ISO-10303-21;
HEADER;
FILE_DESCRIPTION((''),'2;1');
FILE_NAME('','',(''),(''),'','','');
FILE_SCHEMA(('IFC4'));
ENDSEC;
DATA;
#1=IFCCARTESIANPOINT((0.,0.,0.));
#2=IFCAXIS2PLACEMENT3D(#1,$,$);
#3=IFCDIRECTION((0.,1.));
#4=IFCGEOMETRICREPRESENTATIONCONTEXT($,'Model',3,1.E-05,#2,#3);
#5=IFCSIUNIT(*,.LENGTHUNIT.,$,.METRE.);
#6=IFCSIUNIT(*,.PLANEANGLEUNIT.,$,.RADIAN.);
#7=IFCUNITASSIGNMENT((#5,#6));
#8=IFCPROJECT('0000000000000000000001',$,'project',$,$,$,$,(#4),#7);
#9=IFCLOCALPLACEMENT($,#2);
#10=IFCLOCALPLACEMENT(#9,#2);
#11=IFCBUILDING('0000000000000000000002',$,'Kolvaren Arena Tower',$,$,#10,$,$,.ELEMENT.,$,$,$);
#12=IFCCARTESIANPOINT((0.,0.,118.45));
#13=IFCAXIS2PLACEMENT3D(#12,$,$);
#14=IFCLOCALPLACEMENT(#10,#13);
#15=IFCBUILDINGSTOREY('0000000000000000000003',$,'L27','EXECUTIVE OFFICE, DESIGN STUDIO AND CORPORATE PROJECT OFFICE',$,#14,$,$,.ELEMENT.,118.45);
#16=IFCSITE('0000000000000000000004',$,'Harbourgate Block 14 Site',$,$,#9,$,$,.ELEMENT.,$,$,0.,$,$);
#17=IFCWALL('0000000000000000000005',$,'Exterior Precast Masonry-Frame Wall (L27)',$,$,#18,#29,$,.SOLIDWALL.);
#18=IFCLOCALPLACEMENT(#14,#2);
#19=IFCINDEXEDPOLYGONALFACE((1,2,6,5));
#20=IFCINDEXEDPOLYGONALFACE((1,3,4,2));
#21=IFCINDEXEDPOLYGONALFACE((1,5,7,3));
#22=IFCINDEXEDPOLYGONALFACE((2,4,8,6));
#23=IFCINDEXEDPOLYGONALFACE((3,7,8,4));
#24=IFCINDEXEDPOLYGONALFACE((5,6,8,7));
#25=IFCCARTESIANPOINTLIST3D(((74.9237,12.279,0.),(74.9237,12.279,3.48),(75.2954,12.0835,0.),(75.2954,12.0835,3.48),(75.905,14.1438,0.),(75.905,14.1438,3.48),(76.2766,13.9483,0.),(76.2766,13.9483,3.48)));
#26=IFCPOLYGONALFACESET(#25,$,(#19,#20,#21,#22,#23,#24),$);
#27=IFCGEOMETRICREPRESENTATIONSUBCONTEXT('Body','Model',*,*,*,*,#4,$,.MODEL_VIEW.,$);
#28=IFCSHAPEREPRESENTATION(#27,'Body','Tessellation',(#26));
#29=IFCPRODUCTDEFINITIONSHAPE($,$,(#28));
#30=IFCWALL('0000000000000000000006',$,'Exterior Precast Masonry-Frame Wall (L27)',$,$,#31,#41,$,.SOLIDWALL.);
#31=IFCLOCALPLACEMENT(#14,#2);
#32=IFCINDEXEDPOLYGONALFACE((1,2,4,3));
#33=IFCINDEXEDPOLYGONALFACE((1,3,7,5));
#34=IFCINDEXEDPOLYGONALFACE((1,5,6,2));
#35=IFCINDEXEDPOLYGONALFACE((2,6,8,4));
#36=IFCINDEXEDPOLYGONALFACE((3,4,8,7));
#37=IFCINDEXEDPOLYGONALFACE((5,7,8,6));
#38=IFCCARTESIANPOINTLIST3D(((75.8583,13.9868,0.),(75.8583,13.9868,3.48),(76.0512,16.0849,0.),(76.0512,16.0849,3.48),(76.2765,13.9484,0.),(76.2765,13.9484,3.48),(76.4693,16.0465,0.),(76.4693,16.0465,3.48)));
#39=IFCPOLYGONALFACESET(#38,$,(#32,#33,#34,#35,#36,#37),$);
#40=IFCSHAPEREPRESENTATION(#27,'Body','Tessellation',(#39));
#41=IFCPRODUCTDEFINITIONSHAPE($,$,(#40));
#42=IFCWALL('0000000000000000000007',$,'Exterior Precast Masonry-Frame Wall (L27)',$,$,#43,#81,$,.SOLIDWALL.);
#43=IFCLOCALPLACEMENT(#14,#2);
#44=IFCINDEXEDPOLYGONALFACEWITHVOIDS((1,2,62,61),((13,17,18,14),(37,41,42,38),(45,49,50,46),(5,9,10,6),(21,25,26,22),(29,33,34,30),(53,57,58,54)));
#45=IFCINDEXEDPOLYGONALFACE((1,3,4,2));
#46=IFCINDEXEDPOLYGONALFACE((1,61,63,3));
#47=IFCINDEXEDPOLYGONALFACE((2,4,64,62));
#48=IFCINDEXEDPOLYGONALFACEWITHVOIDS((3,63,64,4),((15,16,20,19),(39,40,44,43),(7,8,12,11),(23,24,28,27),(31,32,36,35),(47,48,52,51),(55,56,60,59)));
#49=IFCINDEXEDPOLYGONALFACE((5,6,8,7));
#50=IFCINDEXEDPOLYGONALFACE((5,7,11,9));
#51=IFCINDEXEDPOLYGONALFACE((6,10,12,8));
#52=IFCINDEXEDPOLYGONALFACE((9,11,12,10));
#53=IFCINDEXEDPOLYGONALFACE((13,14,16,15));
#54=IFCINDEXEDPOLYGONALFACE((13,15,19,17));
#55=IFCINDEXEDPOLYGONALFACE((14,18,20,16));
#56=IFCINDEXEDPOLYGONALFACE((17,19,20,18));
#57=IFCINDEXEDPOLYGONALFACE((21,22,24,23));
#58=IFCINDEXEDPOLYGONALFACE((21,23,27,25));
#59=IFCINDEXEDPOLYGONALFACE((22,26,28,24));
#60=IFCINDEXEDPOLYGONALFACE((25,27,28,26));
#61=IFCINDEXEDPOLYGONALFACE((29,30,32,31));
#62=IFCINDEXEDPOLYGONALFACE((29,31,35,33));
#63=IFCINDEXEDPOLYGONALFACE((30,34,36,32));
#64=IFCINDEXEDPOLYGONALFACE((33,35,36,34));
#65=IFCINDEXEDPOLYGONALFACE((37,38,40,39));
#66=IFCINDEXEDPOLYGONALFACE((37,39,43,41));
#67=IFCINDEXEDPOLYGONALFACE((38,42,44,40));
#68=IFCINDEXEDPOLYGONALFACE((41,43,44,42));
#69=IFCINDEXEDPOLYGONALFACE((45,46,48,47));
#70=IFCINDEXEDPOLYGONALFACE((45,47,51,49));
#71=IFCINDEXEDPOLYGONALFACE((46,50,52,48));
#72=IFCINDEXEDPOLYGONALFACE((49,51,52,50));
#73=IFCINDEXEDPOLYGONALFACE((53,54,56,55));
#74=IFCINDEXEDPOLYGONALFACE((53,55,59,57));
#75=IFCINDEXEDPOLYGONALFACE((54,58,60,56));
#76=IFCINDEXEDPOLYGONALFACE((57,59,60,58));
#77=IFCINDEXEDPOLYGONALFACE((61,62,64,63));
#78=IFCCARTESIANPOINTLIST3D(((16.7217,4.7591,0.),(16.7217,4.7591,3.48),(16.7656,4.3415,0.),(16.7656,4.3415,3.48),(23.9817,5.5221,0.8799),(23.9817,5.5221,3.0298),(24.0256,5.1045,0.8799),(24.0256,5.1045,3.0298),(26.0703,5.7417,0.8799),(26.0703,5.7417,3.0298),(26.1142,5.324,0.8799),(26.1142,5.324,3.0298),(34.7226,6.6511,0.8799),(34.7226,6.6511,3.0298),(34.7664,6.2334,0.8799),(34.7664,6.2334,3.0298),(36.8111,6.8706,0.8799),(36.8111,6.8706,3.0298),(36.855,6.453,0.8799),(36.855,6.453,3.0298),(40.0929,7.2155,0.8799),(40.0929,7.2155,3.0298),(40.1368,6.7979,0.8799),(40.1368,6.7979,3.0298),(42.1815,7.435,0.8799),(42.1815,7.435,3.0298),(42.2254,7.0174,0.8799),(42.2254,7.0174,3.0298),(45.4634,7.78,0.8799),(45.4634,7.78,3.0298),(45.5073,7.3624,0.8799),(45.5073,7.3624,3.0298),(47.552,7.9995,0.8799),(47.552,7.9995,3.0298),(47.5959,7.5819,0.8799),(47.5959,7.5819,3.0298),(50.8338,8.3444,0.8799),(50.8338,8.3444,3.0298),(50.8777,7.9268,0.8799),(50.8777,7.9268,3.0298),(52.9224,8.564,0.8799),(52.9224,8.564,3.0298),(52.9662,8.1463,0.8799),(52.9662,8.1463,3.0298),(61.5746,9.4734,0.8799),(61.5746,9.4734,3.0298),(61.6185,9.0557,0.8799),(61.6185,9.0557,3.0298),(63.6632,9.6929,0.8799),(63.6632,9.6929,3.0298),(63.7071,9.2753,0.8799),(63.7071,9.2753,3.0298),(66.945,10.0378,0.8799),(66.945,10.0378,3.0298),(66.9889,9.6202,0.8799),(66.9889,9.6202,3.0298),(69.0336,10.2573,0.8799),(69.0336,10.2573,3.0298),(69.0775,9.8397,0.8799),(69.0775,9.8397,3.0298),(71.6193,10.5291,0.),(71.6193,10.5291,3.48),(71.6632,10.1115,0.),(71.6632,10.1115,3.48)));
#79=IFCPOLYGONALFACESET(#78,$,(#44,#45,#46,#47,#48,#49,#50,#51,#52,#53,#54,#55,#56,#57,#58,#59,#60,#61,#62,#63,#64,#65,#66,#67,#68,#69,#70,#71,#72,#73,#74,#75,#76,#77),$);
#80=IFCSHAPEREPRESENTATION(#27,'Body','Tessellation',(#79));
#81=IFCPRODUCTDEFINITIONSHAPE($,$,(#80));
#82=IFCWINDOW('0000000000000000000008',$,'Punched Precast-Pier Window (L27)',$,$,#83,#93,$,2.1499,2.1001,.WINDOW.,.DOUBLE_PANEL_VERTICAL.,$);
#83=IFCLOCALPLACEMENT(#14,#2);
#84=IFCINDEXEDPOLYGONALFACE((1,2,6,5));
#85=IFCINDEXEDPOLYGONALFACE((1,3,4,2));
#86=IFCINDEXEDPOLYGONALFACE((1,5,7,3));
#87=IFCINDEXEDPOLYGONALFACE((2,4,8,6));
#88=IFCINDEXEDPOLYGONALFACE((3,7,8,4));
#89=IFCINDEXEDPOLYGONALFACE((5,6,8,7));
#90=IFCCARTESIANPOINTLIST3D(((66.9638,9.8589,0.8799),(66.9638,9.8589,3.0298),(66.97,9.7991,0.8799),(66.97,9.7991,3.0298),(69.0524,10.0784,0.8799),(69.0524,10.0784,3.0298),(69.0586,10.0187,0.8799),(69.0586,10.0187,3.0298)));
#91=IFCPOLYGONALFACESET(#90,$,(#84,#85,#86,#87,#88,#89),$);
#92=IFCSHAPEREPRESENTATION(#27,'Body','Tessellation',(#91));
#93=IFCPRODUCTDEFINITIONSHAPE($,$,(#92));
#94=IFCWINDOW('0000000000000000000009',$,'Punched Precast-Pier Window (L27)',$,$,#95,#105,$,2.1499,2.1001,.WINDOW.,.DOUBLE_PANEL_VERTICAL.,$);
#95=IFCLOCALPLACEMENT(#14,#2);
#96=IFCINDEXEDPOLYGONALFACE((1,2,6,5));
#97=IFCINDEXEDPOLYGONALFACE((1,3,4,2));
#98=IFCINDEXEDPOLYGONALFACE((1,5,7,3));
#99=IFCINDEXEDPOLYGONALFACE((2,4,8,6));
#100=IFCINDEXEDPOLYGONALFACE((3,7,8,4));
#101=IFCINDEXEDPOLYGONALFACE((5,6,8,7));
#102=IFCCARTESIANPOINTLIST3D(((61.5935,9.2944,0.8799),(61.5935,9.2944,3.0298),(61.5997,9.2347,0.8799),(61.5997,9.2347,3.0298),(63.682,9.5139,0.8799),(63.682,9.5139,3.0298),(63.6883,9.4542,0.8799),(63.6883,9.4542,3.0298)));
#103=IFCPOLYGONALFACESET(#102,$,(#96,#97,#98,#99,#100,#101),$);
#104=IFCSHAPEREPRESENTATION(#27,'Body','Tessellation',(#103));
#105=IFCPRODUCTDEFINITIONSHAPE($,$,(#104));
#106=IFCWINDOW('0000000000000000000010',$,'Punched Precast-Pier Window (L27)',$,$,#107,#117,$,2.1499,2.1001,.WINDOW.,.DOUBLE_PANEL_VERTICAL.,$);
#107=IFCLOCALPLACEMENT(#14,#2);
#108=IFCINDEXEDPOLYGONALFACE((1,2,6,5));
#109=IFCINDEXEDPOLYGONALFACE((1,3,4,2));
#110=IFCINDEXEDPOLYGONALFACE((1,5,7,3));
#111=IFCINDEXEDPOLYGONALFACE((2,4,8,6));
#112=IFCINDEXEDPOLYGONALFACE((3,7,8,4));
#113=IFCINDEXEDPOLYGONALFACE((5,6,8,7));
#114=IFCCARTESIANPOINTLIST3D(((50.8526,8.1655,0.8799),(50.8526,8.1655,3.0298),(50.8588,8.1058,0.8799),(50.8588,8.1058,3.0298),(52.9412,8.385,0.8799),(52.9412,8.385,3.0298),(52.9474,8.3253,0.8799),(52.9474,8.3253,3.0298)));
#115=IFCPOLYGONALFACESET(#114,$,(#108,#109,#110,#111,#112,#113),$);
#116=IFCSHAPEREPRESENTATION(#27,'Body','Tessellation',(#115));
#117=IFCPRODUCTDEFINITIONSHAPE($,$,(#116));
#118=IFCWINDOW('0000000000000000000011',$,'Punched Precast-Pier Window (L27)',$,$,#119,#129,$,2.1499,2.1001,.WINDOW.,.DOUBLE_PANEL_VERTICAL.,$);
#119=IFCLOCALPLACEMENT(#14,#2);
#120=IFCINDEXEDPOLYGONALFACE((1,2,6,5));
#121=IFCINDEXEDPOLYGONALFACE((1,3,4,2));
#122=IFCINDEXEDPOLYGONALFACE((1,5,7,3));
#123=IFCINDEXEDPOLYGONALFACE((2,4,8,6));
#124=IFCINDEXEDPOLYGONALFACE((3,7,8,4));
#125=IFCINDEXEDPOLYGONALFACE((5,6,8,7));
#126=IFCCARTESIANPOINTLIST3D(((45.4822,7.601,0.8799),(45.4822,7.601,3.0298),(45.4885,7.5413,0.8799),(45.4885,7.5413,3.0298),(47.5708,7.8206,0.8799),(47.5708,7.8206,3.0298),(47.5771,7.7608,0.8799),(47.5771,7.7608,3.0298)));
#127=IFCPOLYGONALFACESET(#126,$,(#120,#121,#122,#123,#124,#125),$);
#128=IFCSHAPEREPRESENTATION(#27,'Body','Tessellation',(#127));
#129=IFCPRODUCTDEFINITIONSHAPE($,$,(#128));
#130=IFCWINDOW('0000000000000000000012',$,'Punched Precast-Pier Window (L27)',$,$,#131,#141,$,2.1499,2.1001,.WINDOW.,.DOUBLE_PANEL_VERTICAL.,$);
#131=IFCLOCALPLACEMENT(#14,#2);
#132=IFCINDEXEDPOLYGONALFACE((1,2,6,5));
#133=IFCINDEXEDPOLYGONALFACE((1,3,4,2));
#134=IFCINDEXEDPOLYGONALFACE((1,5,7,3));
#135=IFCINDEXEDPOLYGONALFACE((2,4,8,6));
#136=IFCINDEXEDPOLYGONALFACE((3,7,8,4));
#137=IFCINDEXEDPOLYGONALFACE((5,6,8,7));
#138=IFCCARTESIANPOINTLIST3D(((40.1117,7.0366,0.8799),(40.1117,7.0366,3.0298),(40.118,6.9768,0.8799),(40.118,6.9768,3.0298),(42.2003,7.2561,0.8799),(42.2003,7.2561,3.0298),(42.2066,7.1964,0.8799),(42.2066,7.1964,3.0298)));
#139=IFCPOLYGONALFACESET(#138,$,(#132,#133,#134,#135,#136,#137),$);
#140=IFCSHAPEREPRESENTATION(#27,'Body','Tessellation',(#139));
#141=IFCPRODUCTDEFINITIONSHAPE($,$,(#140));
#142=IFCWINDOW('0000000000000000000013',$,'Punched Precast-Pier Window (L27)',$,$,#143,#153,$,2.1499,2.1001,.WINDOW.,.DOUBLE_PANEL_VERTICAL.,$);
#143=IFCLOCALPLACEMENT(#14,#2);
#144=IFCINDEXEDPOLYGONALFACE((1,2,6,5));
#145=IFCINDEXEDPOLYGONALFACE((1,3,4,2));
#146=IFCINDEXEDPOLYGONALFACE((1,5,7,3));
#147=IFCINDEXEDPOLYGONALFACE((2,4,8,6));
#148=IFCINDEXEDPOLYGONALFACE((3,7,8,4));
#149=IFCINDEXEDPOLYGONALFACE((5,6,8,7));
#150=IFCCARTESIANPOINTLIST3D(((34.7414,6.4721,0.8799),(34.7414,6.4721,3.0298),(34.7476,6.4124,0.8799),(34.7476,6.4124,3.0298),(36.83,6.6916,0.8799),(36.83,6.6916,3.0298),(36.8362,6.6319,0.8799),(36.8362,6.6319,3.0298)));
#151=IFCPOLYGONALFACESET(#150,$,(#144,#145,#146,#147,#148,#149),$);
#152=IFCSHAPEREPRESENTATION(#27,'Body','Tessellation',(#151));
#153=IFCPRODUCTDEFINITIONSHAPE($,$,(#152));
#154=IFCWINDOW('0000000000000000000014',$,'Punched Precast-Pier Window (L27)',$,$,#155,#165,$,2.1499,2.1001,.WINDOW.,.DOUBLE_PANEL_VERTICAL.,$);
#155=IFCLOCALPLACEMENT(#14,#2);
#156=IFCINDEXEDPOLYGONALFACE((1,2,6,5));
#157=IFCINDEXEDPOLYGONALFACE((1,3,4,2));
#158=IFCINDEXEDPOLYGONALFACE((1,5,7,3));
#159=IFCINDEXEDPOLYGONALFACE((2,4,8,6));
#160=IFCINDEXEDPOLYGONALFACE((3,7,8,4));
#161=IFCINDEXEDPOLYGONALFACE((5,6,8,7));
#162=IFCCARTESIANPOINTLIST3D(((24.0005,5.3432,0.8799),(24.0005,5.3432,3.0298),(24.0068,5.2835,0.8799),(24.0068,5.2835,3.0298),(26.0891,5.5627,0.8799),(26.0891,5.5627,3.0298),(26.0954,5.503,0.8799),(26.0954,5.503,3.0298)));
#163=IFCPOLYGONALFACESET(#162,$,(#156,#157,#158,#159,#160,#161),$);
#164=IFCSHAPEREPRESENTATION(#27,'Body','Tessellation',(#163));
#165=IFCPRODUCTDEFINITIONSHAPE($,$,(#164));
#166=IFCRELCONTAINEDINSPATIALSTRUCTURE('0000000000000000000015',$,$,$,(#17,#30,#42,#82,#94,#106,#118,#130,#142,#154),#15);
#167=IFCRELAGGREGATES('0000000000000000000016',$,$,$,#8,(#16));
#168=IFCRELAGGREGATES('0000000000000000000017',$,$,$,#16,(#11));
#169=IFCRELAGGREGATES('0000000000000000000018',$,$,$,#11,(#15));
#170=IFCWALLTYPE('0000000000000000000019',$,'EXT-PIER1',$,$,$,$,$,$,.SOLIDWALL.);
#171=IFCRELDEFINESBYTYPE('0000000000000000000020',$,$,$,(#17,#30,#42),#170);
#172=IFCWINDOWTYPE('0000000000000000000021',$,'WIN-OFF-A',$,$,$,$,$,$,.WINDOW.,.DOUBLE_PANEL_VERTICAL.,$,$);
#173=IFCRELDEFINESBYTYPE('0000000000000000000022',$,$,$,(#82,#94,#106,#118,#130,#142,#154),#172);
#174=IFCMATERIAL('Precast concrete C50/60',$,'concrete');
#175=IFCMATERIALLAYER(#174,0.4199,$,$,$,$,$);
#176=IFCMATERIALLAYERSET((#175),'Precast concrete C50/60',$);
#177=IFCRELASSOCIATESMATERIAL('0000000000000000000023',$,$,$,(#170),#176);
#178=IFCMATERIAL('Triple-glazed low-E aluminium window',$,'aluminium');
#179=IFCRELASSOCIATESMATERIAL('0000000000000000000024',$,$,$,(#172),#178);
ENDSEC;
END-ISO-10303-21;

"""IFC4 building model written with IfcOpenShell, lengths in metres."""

from ifc_helpers import new_model, si_unit, direction, frame, frame_2d, origin, place, context, subcontext, project, spatial, rectangle, extrude, material, layer, layer_set, type_object, element, fill, save


model = new_model("IFC4")

# Units and contexts
model_context = context("Model", 3, precision=1e-05, world=origin(), true_north=direction((0.0, 1.0)))
body_context = subcontext(model_context, "Body", "Model", "MODEL_VIEW")
ifc_project = project(units=[si_unit("LENGTHUNIT", "METRE"), si_unit("PLANEANGLEUNIT", "RADIAN")], contexts=[model_context])

# Site, building, storey
site_placement = place(None, origin())
site = spatial("IfcSite", under=ifc_project, at=site_placement, Name="Harbourgate Block 14 Site", CompositionType="ELEMENT", RefElevation=0.0)
building_placement = place(site_placement, origin())
building = spatial("IfcBuilding", under=site, at=building_placement, Name="Kolvaren Arena Tower", CompositionType="ELEMENT")
storey_placement = place(building_placement, frame((0.0, 0.0, 118.45)))
storey = spatial("IfcBuildingStorey", under=building, at=storey_placement, Name="L27", Description="EXECUTIVE OFFICE, DESIGN STUDIO AND CORPORATE PROJECT OFFICE", CompositionType="ELEMENT", Elevation=118.45)

# Walls
ifc_material_1 = material(Name="Precast concrete C50/60", Category="concrete")
ifc_layer_1 = layer(ifc_material_1, 0.4199)
ifc_layer_set_1 = layer_set([ifc_layer_1], Name="Precast concrete C50/60")
wall_type_1 = type_object("IfcWallType", Name="EXT-PIER1", PredefinedType="SOLIDWALL", material=ifc_layer_set_1)
wall_1_placement = place(storey_placement, frame((76.0908, 14.0461, 0.0), z_axis=(0.0, 0.0, 1.0), x_axis=(-0.465656, -0.884966, 0.0)))
element("IfcWall", 1, at=wall_1_placement, inside=storey, type_object=wall_type_1, Name="Exterior Precast Masonry-Frame Wall (L27)", PredefinedType="SOLIDWALL", context=body_context, shape_type="SweptSolid", body=[
    extrude(rectangle(XDim=2.1072, YDim=0.4199, at=frame_2d((1.0537, 0.0))), origin(), (0.0, 0.0, 1.0), 3.48),
])
wall_2_placement = place(storey_placement, frame((76.2603, 16.0657, 0.0), z_axis=(0.0, 0.0, 1.0), x_axis=(-0.091539, -0.995802, 0.0)))
element("IfcWall", 2, at=wall_2_placement, inside=storey, type_object=wall_type_1, Name="Exterior Precast Masonry-Frame Wall (L27)", PredefinedType="SOLIDWALL", context=body_context, shape_type="SweptSolid", body=[
    extrude(rectangle(XDim=2.1069, YDim=0.4199, at=frame_2d((1.0535, 0.0))), origin(), (0.0, 0.0, 1.0), 3.48),
])

# Wall, openings, windows
wall_3_placement = place(storey_placement, frame((71.6414, 10.3203, 0.0), z_axis=(0.0, 0.0, 1.0), x_axis=(-0.994522, -0.10453, 0.0)))
wall_3 = element("IfcWall", 3, at=wall_3_placement, inside=storey, type_object=wall_type_1, Name="Exterior Precast Masonry-Frame Wall (L27)", PredefinedType="SOLIDWALL", context=body_context, shape_type="SweptSolid", body=[
    extrude(rectangle(XDim=55.2, YDim=0.4199, at=frame_2d((27.6001, 0.0))), origin(), (0.0, 0.0, 1.0), 3.48),
])
opening_1_placement = place(wall_3_placement, frame((2.6001, 0.0, 0.8799)))
opening_1 = element("IfcOpeningElement", 4, at=opening_1_placement, cuts=wall_3, PredefinedType="OPENING", context=body_context, shape_type="SweptSolid", body=[
    extrude(rectangle(XDim=2.1001, YDim=2.1499, at=frame_2d((1.05, 1.075))), frame((0.0, 0.22, 0.0), z_axis=(0.0, -1.0, 0.0), x_axis=(1.0, 0.0, 0.0)), (0.0, 0.0, 1.0), 0.4399),
])
opening_2_placement = place(wall_3_placement, frame((8.0, 0.0, 0.8799)))
opening_2 = element("IfcOpeningElement", 5, at=opening_2_placement, cuts=wall_3, PredefinedType="OPENING", context=body_context, shape_type="SweptSolid", body=[
    extrude(rectangle(XDim=2.1001, YDim=2.1499, at=frame_2d((1.05, 1.075))), frame((0.0, 0.22, 0.0), z_axis=(0.0, -1.0, 0.0), x_axis=(1.0, 0.0, 0.0)), (0.0, 0.0, 1.0), 0.4399),
])
opening_3_placement = place(wall_3_placement, frame((18.8, 0.0, 0.8799)))
opening_3 = element("IfcOpeningElement", 6, at=opening_3_placement, cuts=wall_3, PredefinedType="OPENING", context=body_context, shape_type="SweptSolid", body=[
    extrude(rectangle(XDim=2.1001, YDim=2.1499, at=frame_2d((1.05, 1.075))), frame((0.0, 0.22, 0.0), z_axis=(0.0, -1.0, 0.0), x_axis=(1.0, 0.0, 0.0)), (0.0, 0.0, 1.0), 0.4399),
])
opening_4_placement = place(wall_3_placement, frame((24.2, 0.0, 0.8799)))
opening_4 = element("IfcOpeningElement", 7, at=opening_4_placement, cuts=wall_3, PredefinedType="OPENING", context=body_context, shape_type="SweptSolid", body=[
    extrude(rectangle(XDim=2.1001, YDim=2.1499, at=frame_2d((1.05, 1.075))), frame((0.0, 0.22, 0.0), z_axis=(0.0, -1.0, 0.0), x_axis=(1.0, 0.0, 0.0)), (0.0, 0.0, 1.0), 0.4399),
])
opening_5_placement = place(wall_3_placement, frame((29.6001, 0.0, 0.8799)))
opening_5 = element("IfcOpeningElement", 8, at=opening_5_placement, cuts=wall_3, PredefinedType="OPENING", context=body_context, shape_type="SweptSolid", body=[
    extrude(rectangle(XDim=2.1001, YDim=2.1499, at=frame_2d((1.05, 1.075))), frame((0.0, 0.22, 0.0), z_axis=(0.0, -1.0, 0.0), x_axis=(1.0, 0.0, 0.0)), (0.0, 0.0, 1.0), 0.4399),
])
opening_6_placement = place(wall_3_placement, frame((35.0, 0.0, 0.8799)))
opening_6 = element("IfcOpeningElement", 9, at=opening_6_placement, cuts=wall_3, PredefinedType="OPENING", context=body_context, shape_type="SweptSolid", body=[
    extrude(rectangle(XDim=2.1001, YDim=2.1499, at=frame_2d((1.05, 1.075))), frame((0.0, 0.22, 0.0), z_axis=(0.0, -1.0, 0.0), x_axis=(1.0, 0.0, 0.0)), (0.0, 0.0, 1.0), 0.4399),
])
opening_7_placement = place(wall_3_placement, frame((45.8, 0.0, 0.8799)))
opening_7 = element("IfcOpeningElement", 10, at=opening_7_placement, cuts=wall_3, PredefinedType="OPENING", context=body_context, shape_type="SweptSolid", body=[
    extrude(rectangle(XDim=2.1001, YDim=2.1499, at=frame_2d((1.05, 1.075))), frame((0.0, 0.22, 0.0), z_axis=(0.0, -1.0, 0.0), x_axis=(1.0, 0.0, 0.0)), (0.0, 0.0, 1.0), 0.4399),
])
ifc_material_2 = material(Name="Triple-glazed low-E aluminium window", Category="aluminium")
window_type = type_object("IfcWindowType", Name="WIN-OFF-A", PartitioningType="DOUBLE_PANEL_VERTICAL", PredefinedType="WINDOW", material=ifc_material_2)
window_1_placement = place(opening_1_placement, origin())
window_1 = element("IfcWindow", 11, at=window_1_placement, inside=storey, type_object=window_type, Name="Punched Precast-Pier Window (L27)", OverallHeight=2.1499, OverallWidth=2.1001, PartitioningType="DOUBLE_PANEL_VERTICAL", PredefinedType="WINDOW", context=body_context, shape_type="SweptSolid", body=[
    extrude(rectangle(XDim=2.1001, YDim=2.1499, at=frame_2d((1.05, 1.075))), frame((0.0, 0.03, 0.0), z_axis=(0.0, -1.0, 0.0), x_axis=(1.0, 0.0, 0.0)), (0.0, 0.0, 1.0), 0.0601),
])
fill(opening_1, window_1)
window_2_placement = place(opening_2_placement, origin())
window_2 = element("IfcWindow", 12, at=window_2_placement, inside=storey, type_object=window_type, Name="Punched Precast-Pier Window (L27)", OverallHeight=2.1499, OverallWidth=2.1001, PartitioningType="DOUBLE_PANEL_VERTICAL", PredefinedType="WINDOW", context=body_context, shape_type="SweptSolid", body=[
    extrude(rectangle(XDim=2.1001, YDim=2.1499, at=frame_2d((1.05, 1.075))), frame((0.0, 0.03, 0.0), z_axis=(0.0, -1.0, 0.0), x_axis=(1.0, 0.0, 0.0)), (0.0, 0.0, 1.0), 0.0601),
])
fill(opening_2, window_2)
window_3_placement = place(opening_3_placement, origin())
window_3 = element("IfcWindow", 13, at=window_3_placement, inside=storey, type_object=window_type, Name="Punched Precast-Pier Window (L27)", OverallHeight=2.1499, OverallWidth=2.1001, PartitioningType="DOUBLE_PANEL_VERTICAL", PredefinedType="WINDOW", context=body_context, shape_type="SweptSolid", body=[
    extrude(rectangle(XDim=2.1001, YDim=2.1499, at=frame_2d((1.05, 1.075))), frame((0.0, 0.03, 0.0), z_axis=(0.0, -1.0, 0.0), x_axis=(1.0, 0.0, 0.0)), (0.0, 0.0, 1.0), 0.0601),
])
fill(opening_3, window_3)
window_4_placement = place(opening_4_placement, origin())
window_4 = element("IfcWindow", 14, at=window_4_placement, inside=storey, type_object=window_type, Name="Punched Precast-Pier Window (L27)", OverallHeight=2.1499, OverallWidth=2.1001, PartitioningType="DOUBLE_PANEL_VERTICAL", PredefinedType="WINDOW", context=body_context, shape_type="SweptSolid", body=[
    extrude(rectangle(XDim=2.1001, YDim=2.1499, at=frame_2d((1.05, 1.075))), frame((0.0, 0.03, 0.0), z_axis=(0.0, -1.0, 0.0), x_axis=(1.0, 0.0, 0.0)), (0.0, 0.0, 1.0), 0.0601),
])
fill(opening_4, window_4)
window_5_placement = place(opening_5_placement, origin())
window_5 = element("IfcWindow", 15, at=window_5_placement, inside=storey, type_object=window_type, Name="Punched Precast-Pier Window (L27)", OverallHeight=2.1499, OverallWidth=2.1001, PartitioningType="DOUBLE_PANEL_VERTICAL", PredefinedType="WINDOW", context=body_context, shape_type="SweptSolid", body=[
    extrude(rectangle(XDim=2.1001, YDim=2.1499, at=frame_2d((1.05, 1.075))), frame((0.0, 0.03, 0.0), z_axis=(0.0, -1.0, 0.0), x_axis=(1.0, 0.0, 0.0)), (0.0, 0.0, 1.0), 0.0601),
])
fill(opening_5, window_5)
window_6_placement = place(opening_6_placement, origin())
window_6 = element("IfcWindow", 16, at=window_6_placement, inside=storey, type_object=window_type, Name="Punched Precast-Pier Window (L27)", OverallHeight=2.1499, OverallWidth=2.1001, PartitioningType="DOUBLE_PANEL_VERTICAL", PredefinedType="WINDOW", context=body_context, shape_type="SweptSolid", body=[
    extrude(rectangle(XDim=2.1001, YDim=2.1499, at=frame_2d((1.05, 1.075))), frame((0.0, 0.03, 0.0), z_axis=(0.0, -1.0, 0.0), x_axis=(1.0, 0.0, 0.0)), (0.0, 0.0, 1.0), 0.0601),
])
fill(opening_6, window_6)
window_7_placement = place(opening_7_placement, origin())
window_7 = element("IfcWindow", 17, at=window_7_placement, inside=storey, type_object=window_type, Name="Punched Precast-Pier Window (L27)", OverallHeight=2.1499, OverallWidth=2.1001, PartitioningType="DOUBLE_PANEL_VERTICAL", PredefinedType="WINDOW", context=body_context, shape_type="SweptSolid", body=[
    extrude(rectangle(XDim=2.1001, YDim=2.1499, at=frame_2d((1.05, 1.075))), frame((0.0, 0.03, 0.0), z_axis=(0.0, -1.0, 0.0), x_axis=(1.0, 0.0, 0.0)), (0.0, 0.0, 1.0), 0.0601),
])
fill(opening_7, window_7)

save(model, "model.ifc")
